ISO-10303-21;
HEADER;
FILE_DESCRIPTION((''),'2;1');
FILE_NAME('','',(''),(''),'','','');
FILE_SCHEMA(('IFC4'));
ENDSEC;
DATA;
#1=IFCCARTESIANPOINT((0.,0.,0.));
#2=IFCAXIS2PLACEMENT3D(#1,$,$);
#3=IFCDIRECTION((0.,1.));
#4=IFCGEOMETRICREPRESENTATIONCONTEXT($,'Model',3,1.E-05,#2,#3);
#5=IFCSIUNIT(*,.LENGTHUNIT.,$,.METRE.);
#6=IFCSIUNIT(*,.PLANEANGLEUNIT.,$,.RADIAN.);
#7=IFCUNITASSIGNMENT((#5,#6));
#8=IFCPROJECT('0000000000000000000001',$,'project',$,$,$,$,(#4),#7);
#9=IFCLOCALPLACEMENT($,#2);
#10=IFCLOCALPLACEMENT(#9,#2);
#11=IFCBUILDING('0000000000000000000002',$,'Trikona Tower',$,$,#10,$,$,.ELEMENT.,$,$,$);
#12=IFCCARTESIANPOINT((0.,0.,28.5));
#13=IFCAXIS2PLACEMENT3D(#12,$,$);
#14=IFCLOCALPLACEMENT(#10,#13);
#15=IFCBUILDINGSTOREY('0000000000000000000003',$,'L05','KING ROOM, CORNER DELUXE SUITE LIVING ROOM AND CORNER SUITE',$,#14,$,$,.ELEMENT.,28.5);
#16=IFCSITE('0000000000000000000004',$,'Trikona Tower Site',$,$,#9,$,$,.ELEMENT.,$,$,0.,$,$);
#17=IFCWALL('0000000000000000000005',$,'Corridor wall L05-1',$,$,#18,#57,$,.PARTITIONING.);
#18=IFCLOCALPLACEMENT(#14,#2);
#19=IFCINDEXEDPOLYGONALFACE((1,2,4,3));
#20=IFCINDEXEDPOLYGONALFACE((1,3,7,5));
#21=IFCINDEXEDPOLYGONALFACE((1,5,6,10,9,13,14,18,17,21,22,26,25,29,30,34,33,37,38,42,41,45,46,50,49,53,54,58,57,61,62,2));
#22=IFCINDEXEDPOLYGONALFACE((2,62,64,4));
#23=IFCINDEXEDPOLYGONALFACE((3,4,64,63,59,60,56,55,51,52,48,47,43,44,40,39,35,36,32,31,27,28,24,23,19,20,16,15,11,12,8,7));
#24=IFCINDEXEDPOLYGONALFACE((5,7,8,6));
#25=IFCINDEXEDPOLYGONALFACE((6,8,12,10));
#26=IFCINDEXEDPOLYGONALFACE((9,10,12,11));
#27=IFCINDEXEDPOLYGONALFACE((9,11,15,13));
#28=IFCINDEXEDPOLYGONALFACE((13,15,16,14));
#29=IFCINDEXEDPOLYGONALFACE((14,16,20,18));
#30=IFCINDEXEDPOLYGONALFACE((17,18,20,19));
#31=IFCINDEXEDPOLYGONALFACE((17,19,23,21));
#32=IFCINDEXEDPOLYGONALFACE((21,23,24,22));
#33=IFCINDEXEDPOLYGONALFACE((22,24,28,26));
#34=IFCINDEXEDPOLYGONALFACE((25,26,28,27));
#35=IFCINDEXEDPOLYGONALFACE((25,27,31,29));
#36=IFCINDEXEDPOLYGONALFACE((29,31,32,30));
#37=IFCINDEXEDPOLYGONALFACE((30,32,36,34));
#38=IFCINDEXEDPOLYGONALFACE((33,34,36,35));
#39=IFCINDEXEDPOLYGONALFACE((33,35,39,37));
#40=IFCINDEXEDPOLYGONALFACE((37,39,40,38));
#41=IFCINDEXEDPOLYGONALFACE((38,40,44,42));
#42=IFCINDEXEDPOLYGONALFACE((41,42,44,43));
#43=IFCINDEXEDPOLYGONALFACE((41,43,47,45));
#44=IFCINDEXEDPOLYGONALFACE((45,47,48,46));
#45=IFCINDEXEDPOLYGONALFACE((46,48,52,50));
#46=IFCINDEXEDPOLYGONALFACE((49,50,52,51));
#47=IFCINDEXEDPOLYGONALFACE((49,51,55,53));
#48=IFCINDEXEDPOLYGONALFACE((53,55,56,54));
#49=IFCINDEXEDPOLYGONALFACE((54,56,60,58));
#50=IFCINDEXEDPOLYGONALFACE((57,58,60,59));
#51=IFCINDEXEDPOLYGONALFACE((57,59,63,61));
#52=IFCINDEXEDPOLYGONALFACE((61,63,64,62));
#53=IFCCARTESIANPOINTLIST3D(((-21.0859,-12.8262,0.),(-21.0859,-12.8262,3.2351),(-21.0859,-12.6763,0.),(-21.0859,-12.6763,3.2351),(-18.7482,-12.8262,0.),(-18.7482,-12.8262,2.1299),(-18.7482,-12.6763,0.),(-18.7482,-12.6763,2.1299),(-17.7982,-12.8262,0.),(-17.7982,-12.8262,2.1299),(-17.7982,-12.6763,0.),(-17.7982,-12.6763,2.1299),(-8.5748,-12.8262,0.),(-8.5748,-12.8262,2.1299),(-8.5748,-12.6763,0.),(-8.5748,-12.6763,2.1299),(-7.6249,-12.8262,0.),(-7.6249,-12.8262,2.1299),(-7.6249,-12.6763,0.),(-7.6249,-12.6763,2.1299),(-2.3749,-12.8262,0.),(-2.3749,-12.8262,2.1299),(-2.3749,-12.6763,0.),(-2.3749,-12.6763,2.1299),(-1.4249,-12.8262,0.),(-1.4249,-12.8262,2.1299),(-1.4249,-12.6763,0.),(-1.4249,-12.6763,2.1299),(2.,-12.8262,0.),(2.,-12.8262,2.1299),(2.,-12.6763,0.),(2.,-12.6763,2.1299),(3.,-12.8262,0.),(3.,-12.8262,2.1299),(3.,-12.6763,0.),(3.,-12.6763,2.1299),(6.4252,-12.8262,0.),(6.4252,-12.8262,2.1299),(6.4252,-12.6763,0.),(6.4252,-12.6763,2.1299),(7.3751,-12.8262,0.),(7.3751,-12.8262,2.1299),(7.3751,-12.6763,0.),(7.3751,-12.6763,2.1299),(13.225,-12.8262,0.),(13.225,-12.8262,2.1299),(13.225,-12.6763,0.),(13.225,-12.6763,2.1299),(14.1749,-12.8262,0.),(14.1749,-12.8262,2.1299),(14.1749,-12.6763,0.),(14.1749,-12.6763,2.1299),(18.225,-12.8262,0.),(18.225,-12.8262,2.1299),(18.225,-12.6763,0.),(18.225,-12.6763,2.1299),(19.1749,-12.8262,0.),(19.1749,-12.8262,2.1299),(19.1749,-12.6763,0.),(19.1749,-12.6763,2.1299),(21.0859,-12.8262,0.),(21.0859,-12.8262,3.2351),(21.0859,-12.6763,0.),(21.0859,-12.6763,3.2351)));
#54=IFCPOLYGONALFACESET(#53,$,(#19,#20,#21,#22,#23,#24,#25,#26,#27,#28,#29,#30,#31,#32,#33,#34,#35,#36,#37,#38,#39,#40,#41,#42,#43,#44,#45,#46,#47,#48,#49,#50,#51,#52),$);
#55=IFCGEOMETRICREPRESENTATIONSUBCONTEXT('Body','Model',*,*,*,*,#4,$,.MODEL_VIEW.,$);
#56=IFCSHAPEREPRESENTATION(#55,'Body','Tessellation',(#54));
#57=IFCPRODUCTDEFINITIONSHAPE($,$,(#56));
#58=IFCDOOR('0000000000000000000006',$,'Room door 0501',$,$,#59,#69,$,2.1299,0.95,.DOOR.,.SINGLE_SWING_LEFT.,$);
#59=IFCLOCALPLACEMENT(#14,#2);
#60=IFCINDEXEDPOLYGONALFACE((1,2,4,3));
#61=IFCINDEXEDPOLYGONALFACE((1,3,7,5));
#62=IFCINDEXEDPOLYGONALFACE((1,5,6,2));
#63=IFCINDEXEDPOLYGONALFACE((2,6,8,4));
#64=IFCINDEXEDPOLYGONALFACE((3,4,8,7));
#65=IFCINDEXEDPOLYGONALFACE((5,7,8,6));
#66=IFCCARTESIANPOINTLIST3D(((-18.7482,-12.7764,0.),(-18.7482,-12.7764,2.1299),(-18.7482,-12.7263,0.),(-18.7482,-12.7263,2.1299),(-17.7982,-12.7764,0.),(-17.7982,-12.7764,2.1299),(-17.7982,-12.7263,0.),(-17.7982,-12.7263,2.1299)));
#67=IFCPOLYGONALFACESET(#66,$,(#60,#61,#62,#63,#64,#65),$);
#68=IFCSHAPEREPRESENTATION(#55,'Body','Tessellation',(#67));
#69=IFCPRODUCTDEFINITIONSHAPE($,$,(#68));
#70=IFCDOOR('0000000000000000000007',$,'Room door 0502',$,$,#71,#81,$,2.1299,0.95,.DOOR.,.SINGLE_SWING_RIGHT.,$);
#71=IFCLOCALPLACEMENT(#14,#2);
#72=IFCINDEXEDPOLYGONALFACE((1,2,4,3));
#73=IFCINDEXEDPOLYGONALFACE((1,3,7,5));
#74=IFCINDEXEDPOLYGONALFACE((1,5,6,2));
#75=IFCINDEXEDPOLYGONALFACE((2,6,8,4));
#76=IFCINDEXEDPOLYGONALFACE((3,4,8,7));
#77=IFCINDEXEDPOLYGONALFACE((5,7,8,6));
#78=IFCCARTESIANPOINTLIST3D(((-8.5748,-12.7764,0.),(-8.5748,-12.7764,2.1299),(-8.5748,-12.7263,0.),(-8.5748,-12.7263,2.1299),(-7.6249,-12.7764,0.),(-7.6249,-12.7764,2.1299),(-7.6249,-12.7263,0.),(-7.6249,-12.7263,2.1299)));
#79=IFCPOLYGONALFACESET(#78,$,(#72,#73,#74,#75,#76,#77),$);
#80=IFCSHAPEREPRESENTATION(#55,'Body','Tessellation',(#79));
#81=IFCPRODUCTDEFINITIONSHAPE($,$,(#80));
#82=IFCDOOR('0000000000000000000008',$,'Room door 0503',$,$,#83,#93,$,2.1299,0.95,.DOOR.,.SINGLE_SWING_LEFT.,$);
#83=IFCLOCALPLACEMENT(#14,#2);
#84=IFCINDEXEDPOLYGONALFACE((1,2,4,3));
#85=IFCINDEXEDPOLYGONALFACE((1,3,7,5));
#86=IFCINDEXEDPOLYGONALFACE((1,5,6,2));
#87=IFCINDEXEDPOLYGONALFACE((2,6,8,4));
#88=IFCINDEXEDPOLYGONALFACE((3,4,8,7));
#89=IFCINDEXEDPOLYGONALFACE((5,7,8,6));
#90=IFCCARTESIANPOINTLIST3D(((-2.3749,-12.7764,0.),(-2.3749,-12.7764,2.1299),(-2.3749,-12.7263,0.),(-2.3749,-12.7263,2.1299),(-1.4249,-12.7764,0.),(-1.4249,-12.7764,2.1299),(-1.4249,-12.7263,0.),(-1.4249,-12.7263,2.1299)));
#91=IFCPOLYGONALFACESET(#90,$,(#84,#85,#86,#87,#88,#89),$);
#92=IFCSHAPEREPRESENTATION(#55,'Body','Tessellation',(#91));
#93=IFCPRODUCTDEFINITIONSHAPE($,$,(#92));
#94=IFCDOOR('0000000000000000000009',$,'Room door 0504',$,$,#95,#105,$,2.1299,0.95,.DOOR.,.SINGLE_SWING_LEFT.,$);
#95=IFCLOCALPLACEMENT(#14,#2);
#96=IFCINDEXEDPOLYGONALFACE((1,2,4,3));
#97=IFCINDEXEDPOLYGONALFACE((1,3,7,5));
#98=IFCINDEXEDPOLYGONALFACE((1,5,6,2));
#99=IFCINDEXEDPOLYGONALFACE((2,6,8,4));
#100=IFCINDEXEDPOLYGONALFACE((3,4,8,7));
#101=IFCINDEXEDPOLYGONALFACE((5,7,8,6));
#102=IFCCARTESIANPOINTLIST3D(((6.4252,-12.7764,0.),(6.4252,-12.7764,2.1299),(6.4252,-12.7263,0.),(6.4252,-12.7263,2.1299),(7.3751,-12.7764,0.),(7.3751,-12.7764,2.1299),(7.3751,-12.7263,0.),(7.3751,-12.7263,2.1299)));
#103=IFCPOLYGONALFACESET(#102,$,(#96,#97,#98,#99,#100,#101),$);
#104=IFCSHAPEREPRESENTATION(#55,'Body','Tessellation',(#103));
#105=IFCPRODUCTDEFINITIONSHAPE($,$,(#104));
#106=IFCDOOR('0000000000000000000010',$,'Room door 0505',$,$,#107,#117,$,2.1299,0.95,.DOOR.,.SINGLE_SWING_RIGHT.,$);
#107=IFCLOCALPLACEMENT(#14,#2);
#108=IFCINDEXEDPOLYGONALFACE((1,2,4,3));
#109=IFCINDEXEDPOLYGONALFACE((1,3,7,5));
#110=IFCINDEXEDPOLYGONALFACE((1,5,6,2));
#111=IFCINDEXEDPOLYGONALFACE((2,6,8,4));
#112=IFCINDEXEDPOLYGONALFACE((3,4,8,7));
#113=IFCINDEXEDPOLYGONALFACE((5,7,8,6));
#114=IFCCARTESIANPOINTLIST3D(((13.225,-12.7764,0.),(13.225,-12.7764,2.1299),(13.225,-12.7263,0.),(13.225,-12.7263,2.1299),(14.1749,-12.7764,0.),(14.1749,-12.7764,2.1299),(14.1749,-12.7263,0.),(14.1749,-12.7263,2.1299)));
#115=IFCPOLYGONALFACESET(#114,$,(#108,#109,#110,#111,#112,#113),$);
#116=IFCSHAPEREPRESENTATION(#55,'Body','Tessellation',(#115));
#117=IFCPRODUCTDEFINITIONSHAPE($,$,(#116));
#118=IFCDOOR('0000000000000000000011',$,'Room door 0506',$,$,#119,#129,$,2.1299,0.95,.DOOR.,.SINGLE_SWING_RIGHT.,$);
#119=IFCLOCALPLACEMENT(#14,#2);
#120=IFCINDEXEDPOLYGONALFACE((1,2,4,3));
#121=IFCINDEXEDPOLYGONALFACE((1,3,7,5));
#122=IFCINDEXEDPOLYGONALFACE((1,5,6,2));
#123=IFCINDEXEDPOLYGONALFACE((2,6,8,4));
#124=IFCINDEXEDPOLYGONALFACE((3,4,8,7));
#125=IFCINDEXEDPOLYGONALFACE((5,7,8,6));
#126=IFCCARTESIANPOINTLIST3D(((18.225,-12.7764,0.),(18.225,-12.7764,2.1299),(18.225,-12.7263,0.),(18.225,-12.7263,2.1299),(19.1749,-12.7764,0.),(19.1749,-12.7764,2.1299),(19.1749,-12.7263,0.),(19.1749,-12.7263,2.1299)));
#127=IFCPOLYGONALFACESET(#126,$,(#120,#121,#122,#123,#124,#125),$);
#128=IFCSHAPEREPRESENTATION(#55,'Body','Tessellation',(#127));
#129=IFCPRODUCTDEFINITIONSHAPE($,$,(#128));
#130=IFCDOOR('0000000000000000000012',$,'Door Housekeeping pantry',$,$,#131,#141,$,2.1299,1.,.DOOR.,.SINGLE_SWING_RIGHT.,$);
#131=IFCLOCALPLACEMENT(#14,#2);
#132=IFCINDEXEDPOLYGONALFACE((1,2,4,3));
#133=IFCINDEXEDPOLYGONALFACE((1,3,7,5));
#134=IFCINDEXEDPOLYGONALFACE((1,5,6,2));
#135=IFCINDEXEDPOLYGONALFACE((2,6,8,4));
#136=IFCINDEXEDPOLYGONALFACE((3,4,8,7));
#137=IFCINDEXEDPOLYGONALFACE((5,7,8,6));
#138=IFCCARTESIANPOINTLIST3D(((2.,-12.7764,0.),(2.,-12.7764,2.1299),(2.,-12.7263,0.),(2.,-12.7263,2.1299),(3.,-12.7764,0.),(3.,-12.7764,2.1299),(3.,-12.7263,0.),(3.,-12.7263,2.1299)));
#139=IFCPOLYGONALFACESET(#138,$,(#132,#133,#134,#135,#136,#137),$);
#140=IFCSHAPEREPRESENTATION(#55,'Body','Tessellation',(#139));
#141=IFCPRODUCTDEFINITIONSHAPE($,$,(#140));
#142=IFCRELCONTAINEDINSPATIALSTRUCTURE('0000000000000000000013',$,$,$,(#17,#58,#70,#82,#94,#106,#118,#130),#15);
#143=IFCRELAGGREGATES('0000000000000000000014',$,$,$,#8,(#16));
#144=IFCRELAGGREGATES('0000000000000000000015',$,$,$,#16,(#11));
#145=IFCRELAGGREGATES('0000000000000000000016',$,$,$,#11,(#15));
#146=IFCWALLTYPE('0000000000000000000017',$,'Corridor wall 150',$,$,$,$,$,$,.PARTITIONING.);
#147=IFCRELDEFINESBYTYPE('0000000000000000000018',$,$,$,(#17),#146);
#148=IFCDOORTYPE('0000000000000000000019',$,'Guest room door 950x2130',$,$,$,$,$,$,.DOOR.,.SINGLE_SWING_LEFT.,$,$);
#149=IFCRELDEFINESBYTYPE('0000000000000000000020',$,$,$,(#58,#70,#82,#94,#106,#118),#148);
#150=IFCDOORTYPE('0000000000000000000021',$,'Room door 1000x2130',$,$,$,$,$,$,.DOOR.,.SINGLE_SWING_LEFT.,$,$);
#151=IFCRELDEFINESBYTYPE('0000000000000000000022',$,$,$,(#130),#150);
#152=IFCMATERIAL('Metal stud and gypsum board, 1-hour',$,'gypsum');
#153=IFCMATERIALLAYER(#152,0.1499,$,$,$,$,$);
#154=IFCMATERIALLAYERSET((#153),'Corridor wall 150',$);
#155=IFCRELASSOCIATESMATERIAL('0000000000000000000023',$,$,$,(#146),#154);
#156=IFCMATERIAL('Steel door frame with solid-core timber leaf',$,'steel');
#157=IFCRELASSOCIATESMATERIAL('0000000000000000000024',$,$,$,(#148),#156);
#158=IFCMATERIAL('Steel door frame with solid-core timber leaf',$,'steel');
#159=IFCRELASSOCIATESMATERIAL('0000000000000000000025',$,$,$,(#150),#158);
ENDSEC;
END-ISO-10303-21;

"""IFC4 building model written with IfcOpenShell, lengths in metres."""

from ifc_helpers import new_model, si_unit, direction, frame, frame_2d, origin, place, context, subcontext, project, spatial, rectangle, extrude, material, layer, layer_set, type_object, element, fill, save


model = new_model("IFC4")

# Units and contexts
model_context = context("Model", 3, precision=1e-05, world=origin(), true_north=direction((0.0, 1.0)))
body_context = subcontext(model_context, "Body", "Model", "MODEL_VIEW")
ifc_project = project(units=[si_unit("LENGTHUNIT", "METRE"), si_unit("PLANEANGLEUNIT", "RADIAN")], contexts=[model_context])

# Site, building, storey
site_placement = place(None, origin())
site = spatial("IfcSite", under=ifc_project, at=site_placement, Name="Trikona Tower Site", CompositionType="ELEMENT", RefElevation=0.0)
building_placement = place(site_placement, origin())
building = spatial("IfcBuilding", under=site, at=building_placement, Name="Trikona Tower", CompositionType="ELEMENT")
storey_placement = place(building_placement, frame((0.0, 0.0, 28.5)))
storey = spatial("IfcBuildingStorey", under=building, at=storey_placement, Name="L05", Description="KING ROOM, CORNER DELUXE SUITE LIVING ROOM AND CORNER SUITE", CompositionType="ELEMENT", Elevation=28.5)

# Wall, openings, doors
ifc_material_1 = material(Name="Metal stud and gypsum board, 1-hour", Category="gypsum")
ifc_layer_1 = layer(ifc_material_1, 0.1499)
ifc_layer_set_1 = layer_set([ifc_layer_1], Name="Corridor wall 150")
wall_type_1 = type_object("IfcWallType", Name="Corridor wall 150", PredefinedType="PARTITIONING", material=ifc_layer_set_1)
wall_1_placement = place(storey_placement, frame((-21.0859, -12.7512, 0.0), z_axis=(0.0, 0.0, 1.0), x_axis=(1.0, 0.0, 0.0)))
wall_1 = element("IfcWall", 1, at=wall_1_placement, inside=storey, type_object=wall_type_1, Name="Corridor wall L05-1", PredefinedType="PARTITIONING", context=body_context, shape_type="SweptSolid", body=[
    extrude(rectangle(XDim=42.1719, YDim=0.1499, at=frame_2d((21.0859, 0.0))), origin(), (0.0, 0.0, 1.0), 3.2351),
])
opening_1_placement = place(wall_1_placement, frame((2.3376, 0.0, 0.0)))
opening_1 = element("IfcOpeningElement", 2, at=opening_1_placement, cuts=wall_1, PredefinedType="OPENING", context=body_context, shape_type="SweptSolid", body=[
    extrude(rectangle(XDim=0.95, YDim=2.1299, at=frame_2d((0.4751, 1.0649))), frame((0.0, 0.085, 0.0), z_axis=(0.0, -1.0, 0.0), x_axis=(1.0, 0.0, 0.0)), (0.0, 0.0, 1.0), 0.1699),
])
opening_2_placement = place(wall_1_placement, frame((12.511, 0.0, 0.0)))
opening_2 = element("IfcOpeningElement", 3, at=opening_2_placement, cuts=wall_1, PredefinedType="OPENING", context=body_context, shape_type="SweptSolid", body=[
    extrude(rectangle(XDim=0.95, YDim=2.1299, at=frame_2d((0.4751, 1.0649))), frame((0.0, 0.085, 0.0), z_axis=(0.0, -1.0, 0.0), x_axis=(1.0, 0.0, 0.0)), (0.0, 0.0, 1.0), 0.1699),
])
opening_3_placement = place(wall_1_placement, frame((18.7109, 0.0, 0.0)))
opening_3 = element("IfcOpeningElement", 4, at=opening_3_placement, cuts=wall_1, PredefinedType="OPENING", context=body_context, shape_type="SweptSolid", body=[
    extrude(rectangle(XDim=0.95, YDim=2.1299, at=frame_2d((0.4751, 1.0649))), frame((0.0, 0.085, 0.0), z_axis=(0.0, -1.0, 0.0), x_axis=(1.0, 0.0, 0.0)), (0.0, 0.0, 1.0), 0.1699),
])
opening_4_placement = place(wall_1_placement, frame((23.0859, 0.0, 0.0)))
opening_4 = element("IfcOpeningElement", 5, at=opening_4_placement, cuts=wall_1, PredefinedType="OPENING", context=body_context, shape_type="SweptSolid", body=[
    extrude(rectangle(XDim=1.0, YDim=2.1299, at=frame_2d((0.5, 1.0649))), frame((0.0, 0.085, 0.0), z_axis=(0.0, -1.0, 0.0), x_axis=(1.0, 0.0, 0.0)), (0.0, 0.0, 1.0), 0.1699),
])
opening_5_placement = place(wall_1_placement, frame((27.511, 0.0, 0.0)))
opening_5 = element("IfcOpeningElement", 6, at=opening_5_placement, cuts=wall_1, PredefinedType="OPENING", context=body_context, shape_type="SweptSolid", body=[
    extrude(rectangle(XDim=0.95, YDim=2.1299, at=frame_2d((0.4751, 1.0649))), frame((0.0, 0.085, 0.0), z_axis=(0.0, -1.0, 0.0), x_axis=(1.0, 0.0, 0.0)), (0.0, 0.0, 1.0), 0.1699),
])
opening_6_placement = place(wall_1_placement, frame((34.3108, 0.0, 0.0)))
opening_6 = element("IfcOpeningElement", 7, at=opening_6_placement, cuts=wall_1, PredefinedType="OPENING", context=body_context, shape_type="SweptSolid", body=[
    extrude(rectangle(XDim=0.95, YDim=2.1299, at=frame_2d((0.4751, 1.0649))), frame((0.0, 0.085, 0.0), z_axis=(0.0, -1.0, 0.0), x_axis=(1.0, 0.0, 0.0)), (0.0, 0.0, 1.0), 0.1699),
])
opening_7_placement = place(wall_1_placement, frame((39.3108, 0.0, 0.0)))
opening_7 = element("IfcOpeningElement", 8, at=opening_7_placement, cuts=wall_1, PredefinedType="OPENING", context=body_context, shape_type="SweptSolid", body=[
    extrude(rectangle(XDim=0.95, YDim=2.1299, at=frame_2d((0.4751, 1.0649))), frame((0.0, 0.085, 0.0), z_axis=(0.0, -1.0, 0.0), x_axis=(1.0, 0.0, 0.0)), (0.0, 0.0, 1.0), 0.1699),
])
ifc_material_2 = material(Name="Steel door frame with solid-core timber leaf", Category="steel")
door_type_1 = type_object("IfcDoorType", Name="Guest room door 950x2130", OperationType="SINGLE_SWING_LEFT", PredefinedType="DOOR", material=ifc_material_2)
door_1_placement = place(opening_1_placement, origin())
door_1 = element("IfcDoor", 9, at=door_1_placement, inside=storey, type_object=door_type_1, Name="Room door 0501", OperationType="SINGLE_SWING_LEFT", OverallHeight=2.1299, OverallWidth=0.95, PredefinedType="DOOR", context=body_context, shape_type="SweptSolid", body=[
    extrude(rectangle(XDim=0.95, YDim=2.1299, at=frame_2d((0.4751, 1.0649))), frame((0.0, 0.0249, 0.0), z_axis=(0.0, -1.0, 0.0), x_axis=(1.0, 0.0, 0.0)), (0.0, 0.0, 1.0), 0.05),
])
fill(opening_1, door_1)
door_2_placement = place(opening_2_placement, origin())
door_2 = element("IfcDoor", 10, at=door_2_placement, inside=storey, type_object=door_type_1, Name="Room door 0502", OperationType="SINGLE_SWING_RIGHT", OverallHeight=2.1299, OverallWidth=0.95, PredefinedType="DOOR", context=body_context, shape_type="SweptSolid", body=[
    extrude(rectangle(XDim=0.95, YDim=2.1299, at=frame_2d((0.4751, 1.0649))), frame((0.0, 0.0249, 0.0), z_axis=(0.0, -1.0, 0.0), x_axis=(1.0, 0.0, 0.0)), (0.0, 0.0, 1.0), 0.05),
])
fill(opening_2, door_2)
door_3_placement = place(opening_3_placement, origin())
door_3 = element("IfcDoor", 11, at=door_3_placement, inside=storey, type_object=door_type_1, Name="Room door 0503", OperationType="SINGLE_SWING_LEFT", OverallHeight=2.1299, OverallWidth=0.95, PredefinedType="DOOR", context=body_context, shape_type="SweptSolid", body=[
    extrude(rectangle(XDim=0.95, YDim=2.1299, at=frame_2d((0.4751, 1.0649))), frame((0.0, 0.0249, 0.0), z_axis=(0.0, -1.0, 0.0), x_axis=(1.0, 0.0, 0.0)), (0.0, 0.0, 1.0), 0.05),
])
fill(opening_3, door_3)
door_4_placement = place(opening_5_placement, origin())
door_4 = element("IfcDoor", 12, at=door_4_placement, inside=storey, type_object=door_type_1, Name="Room door 0504", OperationType="SINGLE_SWING_LEFT", OverallHeight=2.1299, OverallWidth=0.95, PredefinedType="DOOR", context=body_context, shape_type="SweptSolid", body=[
    extrude(rectangle(XDim=0.95, YDim=2.1299, at=frame_2d((0.4751, 1.0649))), frame((0.0, 0.0249, 0.0), z_axis=(0.0, -1.0, 0.0), x_axis=(1.0, 0.0, 0.0)), (0.0, 0.0, 1.0), 0.05),
])
fill(opening_5, door_4)
door_5_placement = place(opening_6_placement, origin())
door_5 = element("IfcDoor", 13, at=door_5_placement, inside=storey, type_object=door_type_1, Name="Room door 0505", OperationType="SINGLE_SWING_RIGHT", OverallHeight=2.1299, OverallWidth=0.95, PredefinedType="DOOR", context=body_context, shape_type="SweptSolid", body=[
    extrude(rectangle(XDim=0.95, YDim=2.1299, at=frame_2d((0.4751, 1.0649))), frame((0.0, 0.0249, 0.0), z_axis=(0.0, -1.0, 0.0), x_axis=(1.0, 0.0, 0.0)), (0.0, 0.0, 1.0), 0.05),
])
fill(opening_6, door_5)
door_6_placement = place(opening_7_placement, origin())
door_6 = element("IfcDoor", 14, at=door_6_placement, inside=storey, type_object=door_type_1, Name="Room door 0506", OperationType="SINGLE_SWING_RIGHT", OverallHeight=2.1299, OverallWidth=0.95, PredefinedType="DOOR", context=body_context, shape_type="SweptSolid", body=[
    extrude(rectangle(XDim=0.95, YDim=2.1299, at=frame_2d((0.4751, 1.0649))), frame((0.0, 0.0249, 0.0), z_axis=(0.0, -1.0, 0.0), x_axis=(1.0, 0.0, 0.0)), (0.0, 0.0, 1.0), 0.05),
])
fill(opening_7, door_6)
ifc_material_3 = material(Name="Steel door frame with solid-core timber leaf", Category="steel")
door_type_2 = type_object("IfcDoorType", Name="Room door 1000x2130", OperationType="SINGLE_SWING_LEFT", PredefinedType="DOOR", material=ifc_material_3)
door_7_placement = place(opening_4_placement, origin())
door_7 = element("IfcDoor", 15, at=door_7_placement, inside=storey, type_object=door_type_2, Name="Door Housekeeping pantry", OperationType="SINGLE_SWING_RIGHT", OverallHeight=2.1299, OverallWidth=1.0, PredefinedType="DOOR", context=body_context, shape_type="SweptSolid", body=[
    extrude(rectangle(XDim=1.0, YDim=2.1299, at=frame_2d((0.5, 1.0649))), frame((0.0, 0.0249, 0.0), z_axis=(0.0, -1.0, 0.0), x_axis=(1.0, 0.0, 0.0)), (0.0, 0.0, 1.0), 0.05),
])
fill(opening_4, door_7)

save(model, "model.ifc")
